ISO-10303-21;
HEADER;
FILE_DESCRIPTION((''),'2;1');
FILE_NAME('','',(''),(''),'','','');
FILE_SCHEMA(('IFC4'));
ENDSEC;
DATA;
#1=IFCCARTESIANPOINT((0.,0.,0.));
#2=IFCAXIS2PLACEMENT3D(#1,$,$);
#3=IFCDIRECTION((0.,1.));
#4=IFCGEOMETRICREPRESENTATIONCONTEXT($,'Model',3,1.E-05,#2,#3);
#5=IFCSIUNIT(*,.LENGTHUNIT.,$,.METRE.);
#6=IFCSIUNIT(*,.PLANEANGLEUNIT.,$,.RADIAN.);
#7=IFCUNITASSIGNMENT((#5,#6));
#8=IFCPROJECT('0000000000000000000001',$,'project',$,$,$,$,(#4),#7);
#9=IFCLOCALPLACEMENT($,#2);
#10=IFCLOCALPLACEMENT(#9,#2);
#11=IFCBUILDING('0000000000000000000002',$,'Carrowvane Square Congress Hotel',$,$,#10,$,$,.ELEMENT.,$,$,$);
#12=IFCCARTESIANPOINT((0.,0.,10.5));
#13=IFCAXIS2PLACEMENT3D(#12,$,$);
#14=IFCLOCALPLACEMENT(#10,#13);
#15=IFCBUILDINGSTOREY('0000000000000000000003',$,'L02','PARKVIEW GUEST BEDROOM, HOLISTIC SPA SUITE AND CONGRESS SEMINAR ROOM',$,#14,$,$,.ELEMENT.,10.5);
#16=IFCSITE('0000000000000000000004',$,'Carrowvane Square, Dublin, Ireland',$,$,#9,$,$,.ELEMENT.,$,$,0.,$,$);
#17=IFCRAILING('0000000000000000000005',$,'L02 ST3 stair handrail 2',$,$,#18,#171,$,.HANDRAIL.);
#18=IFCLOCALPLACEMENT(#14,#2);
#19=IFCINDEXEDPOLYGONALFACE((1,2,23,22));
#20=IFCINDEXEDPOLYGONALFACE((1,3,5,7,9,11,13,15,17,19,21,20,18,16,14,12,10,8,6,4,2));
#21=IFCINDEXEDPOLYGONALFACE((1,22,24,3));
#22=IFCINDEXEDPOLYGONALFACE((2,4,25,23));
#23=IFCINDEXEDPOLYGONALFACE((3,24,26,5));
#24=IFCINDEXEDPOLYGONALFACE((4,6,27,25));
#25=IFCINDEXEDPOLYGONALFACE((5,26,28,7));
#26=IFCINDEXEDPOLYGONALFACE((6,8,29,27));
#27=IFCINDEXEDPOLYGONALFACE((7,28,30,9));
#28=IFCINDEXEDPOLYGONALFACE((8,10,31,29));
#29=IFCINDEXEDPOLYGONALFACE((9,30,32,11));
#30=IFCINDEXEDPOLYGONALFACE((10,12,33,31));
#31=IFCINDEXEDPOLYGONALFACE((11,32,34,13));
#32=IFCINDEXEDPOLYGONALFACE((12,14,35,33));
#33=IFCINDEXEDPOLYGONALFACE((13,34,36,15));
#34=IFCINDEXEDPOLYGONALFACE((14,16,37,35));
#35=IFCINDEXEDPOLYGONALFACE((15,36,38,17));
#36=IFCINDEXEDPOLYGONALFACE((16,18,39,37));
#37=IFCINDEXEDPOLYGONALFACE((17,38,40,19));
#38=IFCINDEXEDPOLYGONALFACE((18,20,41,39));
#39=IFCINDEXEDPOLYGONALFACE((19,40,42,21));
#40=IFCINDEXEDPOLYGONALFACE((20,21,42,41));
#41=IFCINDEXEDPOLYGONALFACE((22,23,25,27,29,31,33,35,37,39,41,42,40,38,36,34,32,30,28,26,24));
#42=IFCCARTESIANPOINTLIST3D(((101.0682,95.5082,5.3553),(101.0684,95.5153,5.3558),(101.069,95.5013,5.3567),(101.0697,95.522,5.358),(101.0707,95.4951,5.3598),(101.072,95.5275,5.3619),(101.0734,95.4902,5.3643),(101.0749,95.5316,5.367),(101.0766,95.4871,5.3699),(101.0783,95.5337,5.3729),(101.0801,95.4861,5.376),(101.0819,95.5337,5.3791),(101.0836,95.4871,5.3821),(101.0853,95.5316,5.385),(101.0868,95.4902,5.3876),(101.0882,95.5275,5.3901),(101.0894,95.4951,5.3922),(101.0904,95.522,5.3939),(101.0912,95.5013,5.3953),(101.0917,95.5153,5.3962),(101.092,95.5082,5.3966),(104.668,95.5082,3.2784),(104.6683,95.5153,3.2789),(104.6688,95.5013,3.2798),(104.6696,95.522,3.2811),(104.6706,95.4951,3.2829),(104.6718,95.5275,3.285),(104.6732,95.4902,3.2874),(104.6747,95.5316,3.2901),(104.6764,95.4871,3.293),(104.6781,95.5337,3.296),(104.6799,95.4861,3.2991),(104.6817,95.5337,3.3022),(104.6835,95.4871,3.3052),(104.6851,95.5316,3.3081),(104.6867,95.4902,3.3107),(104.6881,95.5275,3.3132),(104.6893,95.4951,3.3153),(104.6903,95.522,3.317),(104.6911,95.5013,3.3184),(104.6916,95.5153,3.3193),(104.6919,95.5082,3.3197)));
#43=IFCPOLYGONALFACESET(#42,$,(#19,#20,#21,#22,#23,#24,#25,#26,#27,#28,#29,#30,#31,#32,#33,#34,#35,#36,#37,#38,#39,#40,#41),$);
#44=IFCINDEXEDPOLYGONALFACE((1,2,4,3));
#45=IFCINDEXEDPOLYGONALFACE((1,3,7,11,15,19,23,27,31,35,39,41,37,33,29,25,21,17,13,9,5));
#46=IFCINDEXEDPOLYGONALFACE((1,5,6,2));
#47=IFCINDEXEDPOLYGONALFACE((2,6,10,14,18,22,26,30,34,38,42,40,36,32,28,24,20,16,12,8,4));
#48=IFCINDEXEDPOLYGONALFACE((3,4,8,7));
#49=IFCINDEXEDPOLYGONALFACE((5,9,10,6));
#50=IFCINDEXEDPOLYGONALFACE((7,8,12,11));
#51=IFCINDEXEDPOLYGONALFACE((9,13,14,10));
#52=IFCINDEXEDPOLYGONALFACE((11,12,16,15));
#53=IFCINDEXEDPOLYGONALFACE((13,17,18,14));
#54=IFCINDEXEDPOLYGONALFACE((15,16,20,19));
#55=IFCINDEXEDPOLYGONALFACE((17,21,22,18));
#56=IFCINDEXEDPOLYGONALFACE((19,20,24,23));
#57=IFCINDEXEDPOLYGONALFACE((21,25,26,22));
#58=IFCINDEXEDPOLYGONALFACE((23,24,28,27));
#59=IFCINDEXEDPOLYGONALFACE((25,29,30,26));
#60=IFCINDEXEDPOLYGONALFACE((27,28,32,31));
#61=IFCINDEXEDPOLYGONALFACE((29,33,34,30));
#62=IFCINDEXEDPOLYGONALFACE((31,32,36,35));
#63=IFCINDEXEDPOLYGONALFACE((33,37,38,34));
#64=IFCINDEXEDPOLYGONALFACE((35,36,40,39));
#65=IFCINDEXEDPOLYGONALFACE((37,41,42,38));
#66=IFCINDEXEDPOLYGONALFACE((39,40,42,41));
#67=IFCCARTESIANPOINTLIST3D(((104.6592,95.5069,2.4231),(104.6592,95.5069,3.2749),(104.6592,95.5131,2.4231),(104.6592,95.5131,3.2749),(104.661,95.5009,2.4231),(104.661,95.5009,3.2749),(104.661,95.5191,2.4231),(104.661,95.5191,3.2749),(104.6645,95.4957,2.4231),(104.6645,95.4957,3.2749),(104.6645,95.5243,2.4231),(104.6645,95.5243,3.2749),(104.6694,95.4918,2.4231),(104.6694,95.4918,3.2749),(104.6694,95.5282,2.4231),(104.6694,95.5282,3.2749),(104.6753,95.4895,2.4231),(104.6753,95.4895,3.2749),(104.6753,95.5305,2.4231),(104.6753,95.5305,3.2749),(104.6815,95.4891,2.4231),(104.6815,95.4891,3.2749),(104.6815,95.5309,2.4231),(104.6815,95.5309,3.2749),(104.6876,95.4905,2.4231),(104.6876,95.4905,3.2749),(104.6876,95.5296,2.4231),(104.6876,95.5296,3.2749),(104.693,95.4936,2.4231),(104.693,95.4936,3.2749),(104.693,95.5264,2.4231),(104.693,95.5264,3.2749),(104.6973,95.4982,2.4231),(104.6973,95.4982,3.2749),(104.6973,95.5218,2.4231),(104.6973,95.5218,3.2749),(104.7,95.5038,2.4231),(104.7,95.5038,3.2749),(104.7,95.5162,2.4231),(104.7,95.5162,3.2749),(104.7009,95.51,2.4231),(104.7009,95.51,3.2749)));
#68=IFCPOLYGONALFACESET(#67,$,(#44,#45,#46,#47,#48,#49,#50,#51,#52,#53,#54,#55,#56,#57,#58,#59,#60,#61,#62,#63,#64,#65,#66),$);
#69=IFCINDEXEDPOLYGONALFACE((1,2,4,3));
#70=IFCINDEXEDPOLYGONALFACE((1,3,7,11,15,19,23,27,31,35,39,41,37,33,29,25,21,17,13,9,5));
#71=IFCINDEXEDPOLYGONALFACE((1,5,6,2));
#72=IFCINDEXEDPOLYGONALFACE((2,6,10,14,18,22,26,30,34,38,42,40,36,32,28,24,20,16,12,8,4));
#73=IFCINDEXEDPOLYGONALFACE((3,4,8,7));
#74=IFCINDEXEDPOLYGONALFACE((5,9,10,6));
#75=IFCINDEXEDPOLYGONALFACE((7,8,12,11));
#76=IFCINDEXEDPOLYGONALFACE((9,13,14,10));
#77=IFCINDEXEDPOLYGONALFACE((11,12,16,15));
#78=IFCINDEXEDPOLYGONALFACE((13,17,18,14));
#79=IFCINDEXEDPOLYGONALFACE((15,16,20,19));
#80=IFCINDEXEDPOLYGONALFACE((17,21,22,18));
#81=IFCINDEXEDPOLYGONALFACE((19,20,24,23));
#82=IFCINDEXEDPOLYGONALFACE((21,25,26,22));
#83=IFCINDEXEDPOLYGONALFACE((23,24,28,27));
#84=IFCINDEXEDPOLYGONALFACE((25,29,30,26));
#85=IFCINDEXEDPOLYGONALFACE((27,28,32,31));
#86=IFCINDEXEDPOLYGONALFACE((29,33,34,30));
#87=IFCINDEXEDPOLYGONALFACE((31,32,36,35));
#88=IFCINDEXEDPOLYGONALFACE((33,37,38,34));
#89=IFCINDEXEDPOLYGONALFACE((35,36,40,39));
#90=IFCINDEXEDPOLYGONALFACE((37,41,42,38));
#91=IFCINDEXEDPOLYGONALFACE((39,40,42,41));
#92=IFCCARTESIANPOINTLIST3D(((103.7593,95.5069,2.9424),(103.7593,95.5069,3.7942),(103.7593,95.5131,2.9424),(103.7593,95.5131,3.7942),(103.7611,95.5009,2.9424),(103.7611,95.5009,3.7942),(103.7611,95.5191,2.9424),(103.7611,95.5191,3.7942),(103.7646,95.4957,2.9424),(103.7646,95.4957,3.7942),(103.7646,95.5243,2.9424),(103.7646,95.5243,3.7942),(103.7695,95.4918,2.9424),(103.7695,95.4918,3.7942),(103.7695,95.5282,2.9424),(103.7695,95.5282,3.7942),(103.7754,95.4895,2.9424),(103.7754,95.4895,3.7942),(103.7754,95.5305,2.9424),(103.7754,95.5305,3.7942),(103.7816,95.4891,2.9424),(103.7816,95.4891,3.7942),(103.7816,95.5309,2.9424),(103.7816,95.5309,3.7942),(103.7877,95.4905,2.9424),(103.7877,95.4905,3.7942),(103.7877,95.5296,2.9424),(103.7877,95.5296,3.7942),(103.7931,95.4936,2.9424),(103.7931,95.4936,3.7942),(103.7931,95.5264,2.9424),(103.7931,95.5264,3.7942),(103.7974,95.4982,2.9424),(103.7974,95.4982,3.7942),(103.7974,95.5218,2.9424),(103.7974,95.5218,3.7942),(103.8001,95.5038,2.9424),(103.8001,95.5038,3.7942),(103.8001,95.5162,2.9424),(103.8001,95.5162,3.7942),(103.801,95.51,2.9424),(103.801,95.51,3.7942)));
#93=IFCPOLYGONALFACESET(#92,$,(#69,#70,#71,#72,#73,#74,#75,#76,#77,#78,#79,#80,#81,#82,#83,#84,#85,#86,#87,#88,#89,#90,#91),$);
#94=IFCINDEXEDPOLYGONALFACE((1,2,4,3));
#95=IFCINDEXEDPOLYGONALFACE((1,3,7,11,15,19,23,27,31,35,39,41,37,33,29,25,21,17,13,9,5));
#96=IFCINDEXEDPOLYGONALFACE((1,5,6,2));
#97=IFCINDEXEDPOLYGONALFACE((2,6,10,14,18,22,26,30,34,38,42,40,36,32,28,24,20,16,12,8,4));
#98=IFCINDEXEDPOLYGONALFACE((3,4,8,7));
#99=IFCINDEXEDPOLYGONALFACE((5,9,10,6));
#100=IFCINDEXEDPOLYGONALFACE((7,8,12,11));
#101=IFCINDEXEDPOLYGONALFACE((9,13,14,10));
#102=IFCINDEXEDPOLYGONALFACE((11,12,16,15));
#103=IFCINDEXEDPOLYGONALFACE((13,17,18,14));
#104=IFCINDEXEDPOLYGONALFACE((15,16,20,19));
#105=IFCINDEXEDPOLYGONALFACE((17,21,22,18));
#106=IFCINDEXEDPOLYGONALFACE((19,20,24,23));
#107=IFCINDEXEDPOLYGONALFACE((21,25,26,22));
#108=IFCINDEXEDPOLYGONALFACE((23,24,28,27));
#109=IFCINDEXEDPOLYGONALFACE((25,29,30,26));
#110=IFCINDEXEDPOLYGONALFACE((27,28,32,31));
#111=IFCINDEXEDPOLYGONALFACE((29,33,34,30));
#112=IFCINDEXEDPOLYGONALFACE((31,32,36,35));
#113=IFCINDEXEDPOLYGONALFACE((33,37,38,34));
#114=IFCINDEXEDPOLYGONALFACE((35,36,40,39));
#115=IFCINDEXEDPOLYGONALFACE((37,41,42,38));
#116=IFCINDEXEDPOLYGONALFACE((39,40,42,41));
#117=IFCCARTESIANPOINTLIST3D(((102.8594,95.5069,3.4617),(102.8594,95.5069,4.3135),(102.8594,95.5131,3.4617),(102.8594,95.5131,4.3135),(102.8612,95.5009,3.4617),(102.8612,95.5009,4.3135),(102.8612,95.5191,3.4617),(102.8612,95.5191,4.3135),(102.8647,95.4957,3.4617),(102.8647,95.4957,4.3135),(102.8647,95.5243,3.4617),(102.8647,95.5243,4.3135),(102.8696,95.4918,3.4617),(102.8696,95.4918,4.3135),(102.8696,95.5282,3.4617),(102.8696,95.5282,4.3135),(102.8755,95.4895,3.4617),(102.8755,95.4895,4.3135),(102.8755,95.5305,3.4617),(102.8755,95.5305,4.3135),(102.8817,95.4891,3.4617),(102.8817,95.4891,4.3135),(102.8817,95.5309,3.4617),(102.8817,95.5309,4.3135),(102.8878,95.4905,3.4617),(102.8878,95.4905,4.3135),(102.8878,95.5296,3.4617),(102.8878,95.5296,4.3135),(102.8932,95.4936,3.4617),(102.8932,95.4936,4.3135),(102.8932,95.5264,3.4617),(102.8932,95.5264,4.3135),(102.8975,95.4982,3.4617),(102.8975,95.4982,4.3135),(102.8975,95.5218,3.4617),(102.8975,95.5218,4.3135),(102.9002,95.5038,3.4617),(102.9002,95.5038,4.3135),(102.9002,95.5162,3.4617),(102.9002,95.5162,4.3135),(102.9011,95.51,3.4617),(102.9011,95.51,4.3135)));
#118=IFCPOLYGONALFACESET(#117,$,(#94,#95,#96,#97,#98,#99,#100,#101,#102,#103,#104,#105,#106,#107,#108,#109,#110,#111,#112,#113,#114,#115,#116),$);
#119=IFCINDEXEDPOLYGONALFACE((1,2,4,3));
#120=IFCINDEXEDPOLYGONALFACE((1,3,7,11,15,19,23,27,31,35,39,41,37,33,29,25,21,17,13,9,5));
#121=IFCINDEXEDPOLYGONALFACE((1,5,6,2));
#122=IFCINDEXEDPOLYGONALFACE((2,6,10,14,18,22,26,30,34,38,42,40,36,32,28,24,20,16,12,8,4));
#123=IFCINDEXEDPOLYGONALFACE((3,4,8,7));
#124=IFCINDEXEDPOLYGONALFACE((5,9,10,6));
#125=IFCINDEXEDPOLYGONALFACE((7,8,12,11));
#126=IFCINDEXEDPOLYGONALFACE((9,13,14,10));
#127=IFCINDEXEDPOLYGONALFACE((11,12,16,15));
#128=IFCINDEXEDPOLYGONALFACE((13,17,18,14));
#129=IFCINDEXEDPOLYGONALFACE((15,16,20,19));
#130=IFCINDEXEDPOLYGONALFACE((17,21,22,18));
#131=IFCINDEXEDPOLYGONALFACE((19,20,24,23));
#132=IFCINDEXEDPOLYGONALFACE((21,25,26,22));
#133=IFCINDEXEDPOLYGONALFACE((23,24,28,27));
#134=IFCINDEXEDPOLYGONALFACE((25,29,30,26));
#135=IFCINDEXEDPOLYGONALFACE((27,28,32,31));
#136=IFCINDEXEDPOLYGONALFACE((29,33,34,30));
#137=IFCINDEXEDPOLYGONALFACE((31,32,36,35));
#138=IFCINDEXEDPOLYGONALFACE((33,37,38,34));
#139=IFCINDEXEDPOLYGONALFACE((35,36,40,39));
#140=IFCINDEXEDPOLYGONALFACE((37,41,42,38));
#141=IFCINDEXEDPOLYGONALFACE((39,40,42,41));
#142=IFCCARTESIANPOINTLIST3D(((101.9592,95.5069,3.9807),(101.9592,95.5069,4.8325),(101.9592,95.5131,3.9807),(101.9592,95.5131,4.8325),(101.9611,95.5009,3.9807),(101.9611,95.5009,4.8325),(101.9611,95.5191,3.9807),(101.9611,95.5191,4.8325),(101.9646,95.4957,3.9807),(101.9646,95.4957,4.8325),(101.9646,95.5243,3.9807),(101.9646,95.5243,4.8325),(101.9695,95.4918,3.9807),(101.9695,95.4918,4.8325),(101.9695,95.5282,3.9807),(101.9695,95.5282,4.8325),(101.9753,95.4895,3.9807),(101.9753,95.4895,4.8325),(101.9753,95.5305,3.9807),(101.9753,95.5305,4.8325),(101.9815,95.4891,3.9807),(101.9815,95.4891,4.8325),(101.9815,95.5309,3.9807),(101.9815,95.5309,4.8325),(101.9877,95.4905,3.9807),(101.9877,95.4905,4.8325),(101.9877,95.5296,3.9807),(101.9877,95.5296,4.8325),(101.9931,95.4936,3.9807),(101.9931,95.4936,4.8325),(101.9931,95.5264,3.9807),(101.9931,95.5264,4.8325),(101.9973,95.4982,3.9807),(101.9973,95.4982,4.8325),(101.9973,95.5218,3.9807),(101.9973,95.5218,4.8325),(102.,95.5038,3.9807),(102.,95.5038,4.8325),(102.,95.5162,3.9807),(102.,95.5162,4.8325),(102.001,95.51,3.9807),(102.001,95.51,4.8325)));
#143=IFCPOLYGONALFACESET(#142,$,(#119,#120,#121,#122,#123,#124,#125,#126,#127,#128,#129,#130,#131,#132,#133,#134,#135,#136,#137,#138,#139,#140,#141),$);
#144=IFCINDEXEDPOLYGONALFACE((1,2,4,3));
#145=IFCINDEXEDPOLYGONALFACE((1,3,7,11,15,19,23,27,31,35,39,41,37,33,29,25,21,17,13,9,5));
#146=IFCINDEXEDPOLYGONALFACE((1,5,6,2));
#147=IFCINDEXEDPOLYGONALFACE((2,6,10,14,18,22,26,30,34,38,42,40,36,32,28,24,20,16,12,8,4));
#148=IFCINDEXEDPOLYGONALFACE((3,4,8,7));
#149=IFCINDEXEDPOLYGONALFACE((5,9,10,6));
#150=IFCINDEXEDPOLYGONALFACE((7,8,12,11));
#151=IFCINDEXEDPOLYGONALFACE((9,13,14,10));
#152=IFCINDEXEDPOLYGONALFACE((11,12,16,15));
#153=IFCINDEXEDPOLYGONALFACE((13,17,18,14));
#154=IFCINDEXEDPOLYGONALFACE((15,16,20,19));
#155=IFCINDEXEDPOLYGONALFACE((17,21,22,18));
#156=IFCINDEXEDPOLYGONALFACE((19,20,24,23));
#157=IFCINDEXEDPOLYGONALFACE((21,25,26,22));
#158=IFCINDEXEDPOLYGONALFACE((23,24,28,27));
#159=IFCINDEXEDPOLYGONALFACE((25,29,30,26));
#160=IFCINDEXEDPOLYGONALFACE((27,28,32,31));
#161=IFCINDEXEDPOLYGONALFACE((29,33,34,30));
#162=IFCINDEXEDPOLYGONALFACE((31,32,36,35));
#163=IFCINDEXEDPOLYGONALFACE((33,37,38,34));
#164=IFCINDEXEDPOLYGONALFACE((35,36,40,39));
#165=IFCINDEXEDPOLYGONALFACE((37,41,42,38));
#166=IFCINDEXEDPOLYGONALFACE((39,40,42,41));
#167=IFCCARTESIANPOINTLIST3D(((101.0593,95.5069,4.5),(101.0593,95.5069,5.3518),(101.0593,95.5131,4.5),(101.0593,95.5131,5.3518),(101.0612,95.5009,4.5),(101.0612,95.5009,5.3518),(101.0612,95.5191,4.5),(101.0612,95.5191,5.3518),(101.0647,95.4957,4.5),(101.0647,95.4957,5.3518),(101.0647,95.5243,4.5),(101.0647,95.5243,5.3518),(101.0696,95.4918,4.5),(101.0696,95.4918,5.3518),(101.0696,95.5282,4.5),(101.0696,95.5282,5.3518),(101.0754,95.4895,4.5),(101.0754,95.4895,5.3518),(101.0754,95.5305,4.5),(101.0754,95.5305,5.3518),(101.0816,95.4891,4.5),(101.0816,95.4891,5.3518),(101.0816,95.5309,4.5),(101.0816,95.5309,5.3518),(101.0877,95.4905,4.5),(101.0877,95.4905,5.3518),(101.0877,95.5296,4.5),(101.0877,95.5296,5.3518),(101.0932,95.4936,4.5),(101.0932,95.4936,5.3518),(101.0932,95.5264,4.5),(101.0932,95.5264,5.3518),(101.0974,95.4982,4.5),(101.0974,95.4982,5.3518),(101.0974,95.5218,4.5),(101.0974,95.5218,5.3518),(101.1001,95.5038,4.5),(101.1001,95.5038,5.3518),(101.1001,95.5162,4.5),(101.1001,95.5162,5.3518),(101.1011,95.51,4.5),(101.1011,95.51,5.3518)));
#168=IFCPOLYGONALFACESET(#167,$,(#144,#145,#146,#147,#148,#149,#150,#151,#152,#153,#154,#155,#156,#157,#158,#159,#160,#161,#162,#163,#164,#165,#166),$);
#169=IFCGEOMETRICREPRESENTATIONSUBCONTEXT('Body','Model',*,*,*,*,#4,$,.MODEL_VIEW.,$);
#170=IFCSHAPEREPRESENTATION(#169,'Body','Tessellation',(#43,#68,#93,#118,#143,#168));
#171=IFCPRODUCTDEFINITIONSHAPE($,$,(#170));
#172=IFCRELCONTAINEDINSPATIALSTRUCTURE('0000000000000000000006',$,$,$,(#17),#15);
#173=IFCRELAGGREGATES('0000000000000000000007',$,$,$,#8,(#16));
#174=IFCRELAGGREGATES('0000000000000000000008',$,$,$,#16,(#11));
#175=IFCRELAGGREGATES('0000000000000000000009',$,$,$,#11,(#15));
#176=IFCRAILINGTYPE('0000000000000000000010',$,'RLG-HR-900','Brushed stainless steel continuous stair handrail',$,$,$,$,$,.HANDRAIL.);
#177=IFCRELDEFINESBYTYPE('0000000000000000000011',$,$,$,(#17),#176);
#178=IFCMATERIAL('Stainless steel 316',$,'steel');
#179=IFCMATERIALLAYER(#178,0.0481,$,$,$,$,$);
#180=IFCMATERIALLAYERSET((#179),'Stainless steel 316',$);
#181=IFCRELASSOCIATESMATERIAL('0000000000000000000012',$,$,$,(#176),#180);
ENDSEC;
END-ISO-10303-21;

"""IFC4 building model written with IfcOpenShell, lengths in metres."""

from ifc_helpers import new_model, si_unit, direction, frame, origin, origin_2d, place, context, subcontext, project, spatial, circle, extrude, material, layer, layer_set, type_object, element, save


model = new_model("IFC4")

# Units and contexts
model_context = context("Model", 3, precision=1e-05, world=origin(), true_north=direction((0.0, 1.0)))
body_context = subcontext(model_context, "Body", "Model", "MODEL_VIEW")
ifc_project = project(units=[si_unit("LENGTHUNIT", "METRE"), si_unit("PLANEANGLEUNIT", "RADIAN")], contexts=[model_context])

# Site, building, storey
site_placement = place(None, origin())
site = spatial("IfcSite", under=ifc_project, at=site_placement, Name="Carrowvane Square, Dublin, Ireland", CompositionType="ELEMENT", RefElevation=0.0)
building_placement = place(site_placement, origin())
building = spatial("IfcBuilding", under=site, at=building_placement, Name="Carrowvane Square Congress Hotel", CompositionType="ELEMENT")
storey_placement = place(building_placement, frame((0.0, 0.0, 10.5)))
storey = spatial("IfcBuildingStorey", under=building, at=storey_placement, Name="L02", Description="PARKVIEW GUEST BEDROOM, HOLISTIC SPA SUITE AND CONGRESS SEMINAR ROOM", CompositionType="ELEMENT", Elevation=10.5)

# Railing
ifc_material_1 = material(Name="Stainless steel 316", Category="steel")
ifc_layer_1 = layer(ifc_material_1, 0.0481)
ifc_layer_set_1 = layer_set([ifc_layer_1], Name="Stainless steel 316")
railing_type_1 = type_object("IfcRailingType", Name="RLG-HR-900", Description="Brushed stainless steel continuous stair handrail", PredefinedType="HANDRAIL", material=ifc_layer_set_1)
railing_1_placement = place(storey_placement, frame((104.6799, 95.51, 2.4231)))
element("IfcRailing", 1, at=railing_1_placement, inside=storey, type_object=railing_type_1, Name="L02 ST3 stair handrail 2", PredefinedType="HANDRAIL", context=body_context, shape_type="SweptSolid", body=[
    extrude(circle(Radius=0.0239, at=origin_2d()), frame((0.0, 0.0, 0.876), z_axis=(-0.866179, 0.0, 0.499734), x_axis=(0.0, -1.0, 0.0)), (0.0, 0.0, 1.0), 4.156),
    extrude(circle(Radius=0.021, at=origin_2d()), origin(), (0.0, 0.0, 1.0), 0.8518),
    extrude(circle(Radius=0.021, at=origin_2d()), frame((-0.8999, 0.0, 0.5193)), (0.0, 0.0, 1.0), 0.8518),
    extrude(circle(Radius=0.021, at=origin_2d()), frame((-1.7998, 0.0, 1.0386)), (0.0, 0.0, 1.0), 0.8518),
    extrude(circle(Radius=0.021, at=origin_2d()), frame((-2.7, 0.0, 1.5576)), (0.0, 0.0, 1.0), 0.8518),
    extrude(circle(Radius=0.021, at=origin_2d()), frame((-3.5999, 0.0, 2.0769)), (0.0, 0.0, 1.0), 0.8518),
])

save(model, "model.ifc")
